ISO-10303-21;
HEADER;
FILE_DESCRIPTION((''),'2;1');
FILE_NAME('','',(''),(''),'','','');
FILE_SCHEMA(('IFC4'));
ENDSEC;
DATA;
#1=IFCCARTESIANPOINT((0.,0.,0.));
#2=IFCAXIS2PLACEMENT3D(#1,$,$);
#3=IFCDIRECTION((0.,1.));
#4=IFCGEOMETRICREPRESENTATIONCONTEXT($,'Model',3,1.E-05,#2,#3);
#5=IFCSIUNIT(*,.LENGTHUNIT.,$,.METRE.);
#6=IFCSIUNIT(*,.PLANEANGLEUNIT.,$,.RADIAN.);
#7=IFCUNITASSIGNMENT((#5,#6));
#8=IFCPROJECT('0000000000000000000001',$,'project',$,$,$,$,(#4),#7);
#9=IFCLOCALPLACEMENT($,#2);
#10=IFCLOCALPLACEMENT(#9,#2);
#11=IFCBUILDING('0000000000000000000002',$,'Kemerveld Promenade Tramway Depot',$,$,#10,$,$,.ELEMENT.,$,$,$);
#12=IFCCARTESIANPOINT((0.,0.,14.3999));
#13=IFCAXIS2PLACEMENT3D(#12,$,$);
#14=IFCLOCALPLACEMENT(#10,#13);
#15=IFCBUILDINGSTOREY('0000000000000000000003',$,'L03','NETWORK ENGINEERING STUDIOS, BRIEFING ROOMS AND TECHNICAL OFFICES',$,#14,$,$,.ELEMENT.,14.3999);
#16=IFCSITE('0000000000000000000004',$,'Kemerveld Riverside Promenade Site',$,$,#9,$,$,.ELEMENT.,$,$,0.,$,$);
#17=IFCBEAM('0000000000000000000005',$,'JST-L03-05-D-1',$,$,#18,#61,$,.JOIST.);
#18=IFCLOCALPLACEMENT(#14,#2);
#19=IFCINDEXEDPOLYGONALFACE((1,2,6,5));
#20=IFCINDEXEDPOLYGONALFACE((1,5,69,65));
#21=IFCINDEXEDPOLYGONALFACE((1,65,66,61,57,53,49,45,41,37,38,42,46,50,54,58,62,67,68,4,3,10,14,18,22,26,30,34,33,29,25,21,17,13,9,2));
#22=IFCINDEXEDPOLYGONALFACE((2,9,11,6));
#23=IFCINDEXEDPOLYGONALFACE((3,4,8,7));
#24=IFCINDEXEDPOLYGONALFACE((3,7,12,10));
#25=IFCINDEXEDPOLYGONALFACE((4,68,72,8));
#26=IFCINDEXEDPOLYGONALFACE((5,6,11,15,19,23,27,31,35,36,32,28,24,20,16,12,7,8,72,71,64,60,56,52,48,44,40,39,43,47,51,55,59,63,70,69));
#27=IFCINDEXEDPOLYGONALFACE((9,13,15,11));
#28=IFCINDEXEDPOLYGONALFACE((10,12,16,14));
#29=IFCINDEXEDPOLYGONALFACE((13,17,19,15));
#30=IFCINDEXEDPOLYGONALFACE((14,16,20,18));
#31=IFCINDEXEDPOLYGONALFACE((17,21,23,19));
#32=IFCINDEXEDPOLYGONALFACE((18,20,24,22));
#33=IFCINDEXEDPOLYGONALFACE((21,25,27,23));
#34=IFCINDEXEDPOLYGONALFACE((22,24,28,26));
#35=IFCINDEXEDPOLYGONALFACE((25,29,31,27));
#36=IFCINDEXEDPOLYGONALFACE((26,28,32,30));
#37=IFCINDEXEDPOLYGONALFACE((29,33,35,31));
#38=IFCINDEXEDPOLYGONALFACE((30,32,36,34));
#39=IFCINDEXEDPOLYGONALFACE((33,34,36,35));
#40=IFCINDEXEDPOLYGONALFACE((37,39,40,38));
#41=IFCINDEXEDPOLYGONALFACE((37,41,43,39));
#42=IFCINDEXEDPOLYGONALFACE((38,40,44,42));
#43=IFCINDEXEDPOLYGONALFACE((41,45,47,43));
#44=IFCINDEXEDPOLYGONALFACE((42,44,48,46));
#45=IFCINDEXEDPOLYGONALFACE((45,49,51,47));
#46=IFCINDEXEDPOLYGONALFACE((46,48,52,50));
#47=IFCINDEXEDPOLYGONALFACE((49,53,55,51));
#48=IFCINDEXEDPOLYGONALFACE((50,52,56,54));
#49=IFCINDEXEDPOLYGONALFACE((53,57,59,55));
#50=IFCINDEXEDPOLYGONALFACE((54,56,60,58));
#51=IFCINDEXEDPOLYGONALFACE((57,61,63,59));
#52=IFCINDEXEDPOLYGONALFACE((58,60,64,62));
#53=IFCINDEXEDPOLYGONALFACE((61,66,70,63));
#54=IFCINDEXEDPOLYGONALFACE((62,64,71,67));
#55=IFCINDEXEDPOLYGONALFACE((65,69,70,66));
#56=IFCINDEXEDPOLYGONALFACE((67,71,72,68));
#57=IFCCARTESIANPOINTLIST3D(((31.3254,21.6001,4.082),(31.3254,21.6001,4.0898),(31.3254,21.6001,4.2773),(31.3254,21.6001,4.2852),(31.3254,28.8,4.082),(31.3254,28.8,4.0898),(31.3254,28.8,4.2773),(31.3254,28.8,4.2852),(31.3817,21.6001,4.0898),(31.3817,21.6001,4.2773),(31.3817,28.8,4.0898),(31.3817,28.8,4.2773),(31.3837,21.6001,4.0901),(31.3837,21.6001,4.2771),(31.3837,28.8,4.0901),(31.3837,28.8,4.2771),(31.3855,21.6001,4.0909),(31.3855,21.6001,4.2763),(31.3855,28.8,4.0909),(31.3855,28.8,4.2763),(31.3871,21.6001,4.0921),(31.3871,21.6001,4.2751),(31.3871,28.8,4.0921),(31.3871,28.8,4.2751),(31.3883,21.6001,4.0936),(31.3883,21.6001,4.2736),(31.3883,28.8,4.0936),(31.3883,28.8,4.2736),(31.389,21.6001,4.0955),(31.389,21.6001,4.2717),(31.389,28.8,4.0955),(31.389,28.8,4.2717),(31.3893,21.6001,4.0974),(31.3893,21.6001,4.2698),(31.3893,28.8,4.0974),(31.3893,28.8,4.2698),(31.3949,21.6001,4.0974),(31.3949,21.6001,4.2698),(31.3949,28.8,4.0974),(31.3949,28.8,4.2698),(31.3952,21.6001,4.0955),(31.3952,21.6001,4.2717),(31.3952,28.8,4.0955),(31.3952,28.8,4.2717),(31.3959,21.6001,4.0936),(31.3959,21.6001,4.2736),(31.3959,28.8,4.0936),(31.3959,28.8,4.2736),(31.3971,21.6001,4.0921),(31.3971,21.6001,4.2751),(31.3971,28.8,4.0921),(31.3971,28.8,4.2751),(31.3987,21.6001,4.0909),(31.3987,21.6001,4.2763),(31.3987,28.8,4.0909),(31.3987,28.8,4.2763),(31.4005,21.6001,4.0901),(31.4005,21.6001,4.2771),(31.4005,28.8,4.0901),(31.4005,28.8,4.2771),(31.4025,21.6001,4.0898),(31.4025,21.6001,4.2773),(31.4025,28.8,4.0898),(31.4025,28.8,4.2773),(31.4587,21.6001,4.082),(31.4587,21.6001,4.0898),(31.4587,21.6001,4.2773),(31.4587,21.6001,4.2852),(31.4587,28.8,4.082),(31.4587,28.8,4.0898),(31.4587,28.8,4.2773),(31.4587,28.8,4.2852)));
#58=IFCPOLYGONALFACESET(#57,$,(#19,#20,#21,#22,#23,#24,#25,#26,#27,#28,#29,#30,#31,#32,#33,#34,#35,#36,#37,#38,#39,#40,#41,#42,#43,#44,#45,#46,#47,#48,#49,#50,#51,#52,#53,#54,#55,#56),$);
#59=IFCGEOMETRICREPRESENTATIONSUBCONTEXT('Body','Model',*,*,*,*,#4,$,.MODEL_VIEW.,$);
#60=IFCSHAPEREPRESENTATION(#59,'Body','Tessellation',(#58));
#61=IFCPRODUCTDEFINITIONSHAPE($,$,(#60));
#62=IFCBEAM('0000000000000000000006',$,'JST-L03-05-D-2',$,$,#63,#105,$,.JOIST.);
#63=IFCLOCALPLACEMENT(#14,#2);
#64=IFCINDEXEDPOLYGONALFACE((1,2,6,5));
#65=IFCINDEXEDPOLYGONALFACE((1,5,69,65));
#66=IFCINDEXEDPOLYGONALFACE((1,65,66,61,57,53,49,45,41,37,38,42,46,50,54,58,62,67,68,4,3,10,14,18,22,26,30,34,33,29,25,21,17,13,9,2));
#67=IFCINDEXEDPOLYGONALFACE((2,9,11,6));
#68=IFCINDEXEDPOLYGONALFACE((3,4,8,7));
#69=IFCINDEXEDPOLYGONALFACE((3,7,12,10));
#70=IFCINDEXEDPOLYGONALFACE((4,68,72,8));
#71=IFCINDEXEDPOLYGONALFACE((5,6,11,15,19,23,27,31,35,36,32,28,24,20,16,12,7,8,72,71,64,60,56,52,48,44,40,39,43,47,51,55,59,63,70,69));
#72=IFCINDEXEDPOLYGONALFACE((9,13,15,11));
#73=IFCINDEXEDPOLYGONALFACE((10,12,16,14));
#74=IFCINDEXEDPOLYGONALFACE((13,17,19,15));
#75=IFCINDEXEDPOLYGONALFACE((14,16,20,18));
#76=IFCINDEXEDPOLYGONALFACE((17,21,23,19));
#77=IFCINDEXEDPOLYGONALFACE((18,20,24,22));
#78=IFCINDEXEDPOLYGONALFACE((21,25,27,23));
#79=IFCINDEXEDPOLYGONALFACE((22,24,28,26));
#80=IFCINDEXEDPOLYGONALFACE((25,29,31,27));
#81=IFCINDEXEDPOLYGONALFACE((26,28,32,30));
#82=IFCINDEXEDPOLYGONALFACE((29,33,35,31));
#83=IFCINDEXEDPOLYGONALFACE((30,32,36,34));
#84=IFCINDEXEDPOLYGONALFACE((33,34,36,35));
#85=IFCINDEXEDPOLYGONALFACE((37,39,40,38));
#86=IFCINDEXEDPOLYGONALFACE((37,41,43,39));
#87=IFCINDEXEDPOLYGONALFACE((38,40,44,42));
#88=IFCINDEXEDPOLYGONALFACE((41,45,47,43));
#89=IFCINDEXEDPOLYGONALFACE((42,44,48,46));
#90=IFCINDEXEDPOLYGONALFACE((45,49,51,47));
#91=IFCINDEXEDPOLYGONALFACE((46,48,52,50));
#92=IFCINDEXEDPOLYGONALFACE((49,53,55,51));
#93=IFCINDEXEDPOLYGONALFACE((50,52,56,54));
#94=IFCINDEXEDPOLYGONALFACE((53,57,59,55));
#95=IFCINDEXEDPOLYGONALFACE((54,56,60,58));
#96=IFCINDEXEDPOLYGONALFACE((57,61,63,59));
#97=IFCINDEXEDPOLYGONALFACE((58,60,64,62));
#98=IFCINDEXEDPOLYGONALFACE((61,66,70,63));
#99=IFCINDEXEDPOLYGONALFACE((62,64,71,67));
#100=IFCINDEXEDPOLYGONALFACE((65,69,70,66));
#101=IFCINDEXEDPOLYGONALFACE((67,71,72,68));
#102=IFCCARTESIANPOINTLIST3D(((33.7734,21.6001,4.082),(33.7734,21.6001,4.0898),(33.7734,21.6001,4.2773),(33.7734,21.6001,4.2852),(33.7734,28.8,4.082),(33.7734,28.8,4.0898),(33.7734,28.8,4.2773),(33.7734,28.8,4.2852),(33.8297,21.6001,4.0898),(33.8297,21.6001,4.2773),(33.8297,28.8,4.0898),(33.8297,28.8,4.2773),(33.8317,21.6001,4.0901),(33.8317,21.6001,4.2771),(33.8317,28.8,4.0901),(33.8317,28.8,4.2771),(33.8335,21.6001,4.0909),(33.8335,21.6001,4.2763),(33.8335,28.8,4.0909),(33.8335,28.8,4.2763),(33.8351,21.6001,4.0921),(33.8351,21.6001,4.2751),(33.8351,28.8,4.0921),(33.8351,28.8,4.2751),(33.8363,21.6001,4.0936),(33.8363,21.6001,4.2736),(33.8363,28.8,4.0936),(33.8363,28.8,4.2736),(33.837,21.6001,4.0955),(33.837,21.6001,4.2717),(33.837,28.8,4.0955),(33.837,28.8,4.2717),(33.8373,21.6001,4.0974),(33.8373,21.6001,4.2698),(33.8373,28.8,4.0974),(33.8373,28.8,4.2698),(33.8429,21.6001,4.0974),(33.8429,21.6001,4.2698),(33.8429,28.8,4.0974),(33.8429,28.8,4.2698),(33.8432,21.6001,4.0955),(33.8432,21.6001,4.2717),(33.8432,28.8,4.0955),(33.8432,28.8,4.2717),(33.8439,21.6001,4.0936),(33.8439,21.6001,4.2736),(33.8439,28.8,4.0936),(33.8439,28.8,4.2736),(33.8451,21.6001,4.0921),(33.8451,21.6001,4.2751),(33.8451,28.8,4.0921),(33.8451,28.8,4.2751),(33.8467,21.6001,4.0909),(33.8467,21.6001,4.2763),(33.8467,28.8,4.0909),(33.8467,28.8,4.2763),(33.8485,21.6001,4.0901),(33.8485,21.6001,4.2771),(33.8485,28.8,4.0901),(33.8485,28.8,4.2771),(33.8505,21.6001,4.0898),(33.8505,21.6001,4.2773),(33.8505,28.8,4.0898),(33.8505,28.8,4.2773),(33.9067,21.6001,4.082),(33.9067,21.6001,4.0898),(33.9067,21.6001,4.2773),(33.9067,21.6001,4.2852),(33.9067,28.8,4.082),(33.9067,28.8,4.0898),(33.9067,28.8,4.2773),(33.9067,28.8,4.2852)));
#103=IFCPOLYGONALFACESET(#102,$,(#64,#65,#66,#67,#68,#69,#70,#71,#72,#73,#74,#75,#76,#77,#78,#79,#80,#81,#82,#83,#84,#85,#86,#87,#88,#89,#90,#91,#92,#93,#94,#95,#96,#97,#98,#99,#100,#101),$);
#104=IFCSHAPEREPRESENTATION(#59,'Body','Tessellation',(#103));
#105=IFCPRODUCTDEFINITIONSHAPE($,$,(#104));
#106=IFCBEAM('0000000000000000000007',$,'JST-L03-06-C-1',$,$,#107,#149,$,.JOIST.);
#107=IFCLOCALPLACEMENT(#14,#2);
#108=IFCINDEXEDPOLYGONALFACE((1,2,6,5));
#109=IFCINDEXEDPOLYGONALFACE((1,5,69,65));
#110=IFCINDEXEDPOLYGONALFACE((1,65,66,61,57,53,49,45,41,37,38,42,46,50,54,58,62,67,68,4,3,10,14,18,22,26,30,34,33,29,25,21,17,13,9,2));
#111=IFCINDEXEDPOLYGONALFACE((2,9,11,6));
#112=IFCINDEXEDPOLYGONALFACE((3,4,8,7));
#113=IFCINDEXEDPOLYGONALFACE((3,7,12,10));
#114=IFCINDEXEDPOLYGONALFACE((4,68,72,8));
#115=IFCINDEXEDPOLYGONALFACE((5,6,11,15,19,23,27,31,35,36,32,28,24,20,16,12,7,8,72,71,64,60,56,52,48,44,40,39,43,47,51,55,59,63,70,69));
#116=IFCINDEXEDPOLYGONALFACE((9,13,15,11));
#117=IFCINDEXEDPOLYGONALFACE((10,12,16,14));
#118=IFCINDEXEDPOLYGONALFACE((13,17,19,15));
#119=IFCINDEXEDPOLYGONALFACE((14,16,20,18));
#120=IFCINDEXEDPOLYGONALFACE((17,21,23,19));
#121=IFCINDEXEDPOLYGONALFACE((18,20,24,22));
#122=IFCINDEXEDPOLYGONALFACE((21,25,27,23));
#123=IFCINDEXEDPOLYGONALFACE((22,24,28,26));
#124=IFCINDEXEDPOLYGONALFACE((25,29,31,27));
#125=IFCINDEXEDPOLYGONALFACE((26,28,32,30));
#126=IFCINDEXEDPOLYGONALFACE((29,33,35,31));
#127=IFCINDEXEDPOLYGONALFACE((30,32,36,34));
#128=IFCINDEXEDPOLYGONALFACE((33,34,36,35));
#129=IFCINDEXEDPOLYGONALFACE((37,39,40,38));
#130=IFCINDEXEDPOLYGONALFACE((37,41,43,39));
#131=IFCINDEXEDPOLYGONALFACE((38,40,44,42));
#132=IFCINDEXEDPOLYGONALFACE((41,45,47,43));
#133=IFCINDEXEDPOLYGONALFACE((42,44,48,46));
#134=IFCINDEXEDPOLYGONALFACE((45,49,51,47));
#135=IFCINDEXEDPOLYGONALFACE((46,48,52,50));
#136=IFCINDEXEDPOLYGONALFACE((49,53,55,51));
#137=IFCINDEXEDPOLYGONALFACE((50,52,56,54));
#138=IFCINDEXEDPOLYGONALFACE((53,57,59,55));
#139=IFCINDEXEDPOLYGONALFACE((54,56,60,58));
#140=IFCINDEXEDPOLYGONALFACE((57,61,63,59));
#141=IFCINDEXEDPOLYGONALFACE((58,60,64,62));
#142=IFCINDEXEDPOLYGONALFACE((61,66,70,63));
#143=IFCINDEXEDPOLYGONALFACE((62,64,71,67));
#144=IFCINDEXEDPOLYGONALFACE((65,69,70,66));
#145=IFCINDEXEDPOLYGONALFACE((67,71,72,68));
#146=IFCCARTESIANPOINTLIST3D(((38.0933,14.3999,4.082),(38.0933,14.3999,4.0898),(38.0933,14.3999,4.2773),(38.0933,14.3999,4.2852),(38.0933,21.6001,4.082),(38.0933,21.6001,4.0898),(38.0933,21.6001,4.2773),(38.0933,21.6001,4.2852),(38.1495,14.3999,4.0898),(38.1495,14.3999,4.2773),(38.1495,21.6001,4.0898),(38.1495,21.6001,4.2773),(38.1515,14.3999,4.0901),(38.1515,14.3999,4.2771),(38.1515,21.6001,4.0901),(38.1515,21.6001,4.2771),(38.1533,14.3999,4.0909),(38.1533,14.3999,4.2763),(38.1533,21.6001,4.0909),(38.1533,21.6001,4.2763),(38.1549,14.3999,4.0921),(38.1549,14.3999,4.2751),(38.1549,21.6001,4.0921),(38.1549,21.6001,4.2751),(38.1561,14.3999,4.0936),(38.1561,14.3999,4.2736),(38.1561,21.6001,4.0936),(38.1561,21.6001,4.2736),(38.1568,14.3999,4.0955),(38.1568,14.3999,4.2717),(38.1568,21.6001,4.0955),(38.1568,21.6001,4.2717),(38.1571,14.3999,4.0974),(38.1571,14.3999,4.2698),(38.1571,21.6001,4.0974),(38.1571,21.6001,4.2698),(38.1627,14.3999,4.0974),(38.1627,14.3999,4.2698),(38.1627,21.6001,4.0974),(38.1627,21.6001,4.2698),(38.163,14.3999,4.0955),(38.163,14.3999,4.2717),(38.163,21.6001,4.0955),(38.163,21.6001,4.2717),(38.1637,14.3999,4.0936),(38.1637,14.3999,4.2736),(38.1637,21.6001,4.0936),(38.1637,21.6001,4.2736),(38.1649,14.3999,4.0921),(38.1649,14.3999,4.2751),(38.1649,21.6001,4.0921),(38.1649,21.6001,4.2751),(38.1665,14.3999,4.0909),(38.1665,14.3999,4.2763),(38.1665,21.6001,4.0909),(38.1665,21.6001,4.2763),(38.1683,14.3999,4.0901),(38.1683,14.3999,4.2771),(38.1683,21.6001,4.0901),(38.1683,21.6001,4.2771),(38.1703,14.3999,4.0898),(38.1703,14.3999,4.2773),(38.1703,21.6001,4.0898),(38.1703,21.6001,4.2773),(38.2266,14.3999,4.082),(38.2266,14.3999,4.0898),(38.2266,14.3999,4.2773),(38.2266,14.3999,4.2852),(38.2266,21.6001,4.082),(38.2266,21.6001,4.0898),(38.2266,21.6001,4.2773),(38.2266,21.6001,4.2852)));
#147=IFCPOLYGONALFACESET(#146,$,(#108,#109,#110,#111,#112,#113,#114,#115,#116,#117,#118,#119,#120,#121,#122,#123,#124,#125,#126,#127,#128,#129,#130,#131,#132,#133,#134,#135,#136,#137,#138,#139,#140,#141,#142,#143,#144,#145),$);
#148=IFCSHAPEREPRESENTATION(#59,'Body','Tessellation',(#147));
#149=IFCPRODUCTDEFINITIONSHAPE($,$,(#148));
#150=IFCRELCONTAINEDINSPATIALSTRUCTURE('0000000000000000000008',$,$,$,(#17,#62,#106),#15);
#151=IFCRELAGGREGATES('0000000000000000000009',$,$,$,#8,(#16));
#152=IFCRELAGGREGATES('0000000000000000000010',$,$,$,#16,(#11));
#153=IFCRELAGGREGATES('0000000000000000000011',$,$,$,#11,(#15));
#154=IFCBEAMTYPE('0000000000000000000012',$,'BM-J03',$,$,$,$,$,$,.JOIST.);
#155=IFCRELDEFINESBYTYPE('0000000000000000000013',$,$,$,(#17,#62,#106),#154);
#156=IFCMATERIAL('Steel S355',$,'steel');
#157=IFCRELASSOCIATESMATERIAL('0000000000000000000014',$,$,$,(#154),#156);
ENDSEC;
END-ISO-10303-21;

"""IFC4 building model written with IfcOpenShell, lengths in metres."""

from ifc_helpers import new_model, si_unit, direction, frame, origin, origin_2d, place, context, subcontext, project, spatial, i_section, extrude, material, material_profile, profile_set, type_object, element, save


model = new_model("IFC4")

# Units and contexts
model_context = context("Model", 3, precision=1e-05, world=origin(), true_north=direction((0.0, 1.0)))
body_context = subcontext(model_context, "Body", "Model", "MODEL_VIEW")
ifc_project = project(units=[si_unit("LENGTHUNIT", "METRE"), si_unit("PLANEANGLEUNIT", "RADIAN")], contexts=[model_context])

# Site, building, storey
site_placement = place(None, origin())
site = spatial("IfcSite", under=ifc_project, at=site_placement, Name="Kemerveld Riverside Promenade Site", CompositionType="ELEMENT", RefElevation=0.0)
building_placement = place(site_placement, origin())
building = spatial("IfcBuilding", under=site, at=building_placement, Name="Kemerveld Promenade Tramway Depot", CompositionType="ELEMENT")
storey_placement = place(building_placement, frame((0.0, 0.0, 14.3999)))
storey = spatial("IfcBuildingStorey", under=building, at=storey_placement, Name="L03", Description="NETWORK ENGINEERING STUDIOS, BRIEFING ROOMS AND TECHNICAL OFFICES", CompositionType="ELEMENT", Elevation=14.3999)

# Shared definitions
ifc_material = material(Name="Steel S355", Category="steel")

# Beams
ifc_material_profile_1 = material_profile(ifc_material, i_section(OverallWidth=0.1333, OverallDepth=0.2031, WebThickness=0.0056, FlangeThickness=0.0078, FilletRadius=0.0076, at=origin_2d()), Name="203x133x25 UB")
ifc_profile_set_1 = profile_set([ifc_material_profile_1], Name="Steel S355")
beam_type_1 = type_object("IfcBeamType", Name="BM-J03", PredefinedType="JOIST", material=ifc_profile_set_1)
for number, where, z_axis, x_axis, name in (
    (1, (31.3921, 21.6001, 4.1836), (0.0, 1.0, 0.0), (-1.0, 0.0, 0.0), "JST-L03-05-D-1"),
    (2, (33.8401, 21.6001, 4.1836), (0.0, 1.0, 0.0), (-1.0, 0.0, 0.0), "JST-L03-05-D-2"),
):
    element("IfcBeam", number, at=place(storey_placement, frame(where, z_axis=z_axis, x_axis=x_axis)), inside=storey, type_object=beam_type_1, Name=name, PredefinedType="JOIST", context=body_context, shape_type="SweptSolid", body=[
        extrude(i_section(OverallWidth=0.1333, OverallDepth=0.2031, WebThickness=0.0056, FlangeThickness=0.0078, FilletRadius=0.0076, at=origin_2d()), origin(), (0.0, 0.0, 1.0), 7.2),
    ])
beam_1_placement = place(storey_placement, frame((38.1599, 14.3999, 4.1836), z_axis=(0.0, 1.0, 0.0), x_axis=(-1.0, 0.0, 0.0)))
element("IfcBeam", 3, at=beam_1_placement, inside=storey, type_object=beam_type_1, Name="JST-L03-06-C-1", PredefinedType="JOIST", context=body_context, shape_type="SweptSolid", body=[
    extrude(i_section(OverallWidth=0.1333, OverallDepth=0.2031, WebThickness=0.0056, FlangeThickness=0.0078, FilletRadius=0.0076, at=origin_2d()), origin(), (0.0, 0.0, 1.0), 7.2002),
])

save(model, "model.ifc")
